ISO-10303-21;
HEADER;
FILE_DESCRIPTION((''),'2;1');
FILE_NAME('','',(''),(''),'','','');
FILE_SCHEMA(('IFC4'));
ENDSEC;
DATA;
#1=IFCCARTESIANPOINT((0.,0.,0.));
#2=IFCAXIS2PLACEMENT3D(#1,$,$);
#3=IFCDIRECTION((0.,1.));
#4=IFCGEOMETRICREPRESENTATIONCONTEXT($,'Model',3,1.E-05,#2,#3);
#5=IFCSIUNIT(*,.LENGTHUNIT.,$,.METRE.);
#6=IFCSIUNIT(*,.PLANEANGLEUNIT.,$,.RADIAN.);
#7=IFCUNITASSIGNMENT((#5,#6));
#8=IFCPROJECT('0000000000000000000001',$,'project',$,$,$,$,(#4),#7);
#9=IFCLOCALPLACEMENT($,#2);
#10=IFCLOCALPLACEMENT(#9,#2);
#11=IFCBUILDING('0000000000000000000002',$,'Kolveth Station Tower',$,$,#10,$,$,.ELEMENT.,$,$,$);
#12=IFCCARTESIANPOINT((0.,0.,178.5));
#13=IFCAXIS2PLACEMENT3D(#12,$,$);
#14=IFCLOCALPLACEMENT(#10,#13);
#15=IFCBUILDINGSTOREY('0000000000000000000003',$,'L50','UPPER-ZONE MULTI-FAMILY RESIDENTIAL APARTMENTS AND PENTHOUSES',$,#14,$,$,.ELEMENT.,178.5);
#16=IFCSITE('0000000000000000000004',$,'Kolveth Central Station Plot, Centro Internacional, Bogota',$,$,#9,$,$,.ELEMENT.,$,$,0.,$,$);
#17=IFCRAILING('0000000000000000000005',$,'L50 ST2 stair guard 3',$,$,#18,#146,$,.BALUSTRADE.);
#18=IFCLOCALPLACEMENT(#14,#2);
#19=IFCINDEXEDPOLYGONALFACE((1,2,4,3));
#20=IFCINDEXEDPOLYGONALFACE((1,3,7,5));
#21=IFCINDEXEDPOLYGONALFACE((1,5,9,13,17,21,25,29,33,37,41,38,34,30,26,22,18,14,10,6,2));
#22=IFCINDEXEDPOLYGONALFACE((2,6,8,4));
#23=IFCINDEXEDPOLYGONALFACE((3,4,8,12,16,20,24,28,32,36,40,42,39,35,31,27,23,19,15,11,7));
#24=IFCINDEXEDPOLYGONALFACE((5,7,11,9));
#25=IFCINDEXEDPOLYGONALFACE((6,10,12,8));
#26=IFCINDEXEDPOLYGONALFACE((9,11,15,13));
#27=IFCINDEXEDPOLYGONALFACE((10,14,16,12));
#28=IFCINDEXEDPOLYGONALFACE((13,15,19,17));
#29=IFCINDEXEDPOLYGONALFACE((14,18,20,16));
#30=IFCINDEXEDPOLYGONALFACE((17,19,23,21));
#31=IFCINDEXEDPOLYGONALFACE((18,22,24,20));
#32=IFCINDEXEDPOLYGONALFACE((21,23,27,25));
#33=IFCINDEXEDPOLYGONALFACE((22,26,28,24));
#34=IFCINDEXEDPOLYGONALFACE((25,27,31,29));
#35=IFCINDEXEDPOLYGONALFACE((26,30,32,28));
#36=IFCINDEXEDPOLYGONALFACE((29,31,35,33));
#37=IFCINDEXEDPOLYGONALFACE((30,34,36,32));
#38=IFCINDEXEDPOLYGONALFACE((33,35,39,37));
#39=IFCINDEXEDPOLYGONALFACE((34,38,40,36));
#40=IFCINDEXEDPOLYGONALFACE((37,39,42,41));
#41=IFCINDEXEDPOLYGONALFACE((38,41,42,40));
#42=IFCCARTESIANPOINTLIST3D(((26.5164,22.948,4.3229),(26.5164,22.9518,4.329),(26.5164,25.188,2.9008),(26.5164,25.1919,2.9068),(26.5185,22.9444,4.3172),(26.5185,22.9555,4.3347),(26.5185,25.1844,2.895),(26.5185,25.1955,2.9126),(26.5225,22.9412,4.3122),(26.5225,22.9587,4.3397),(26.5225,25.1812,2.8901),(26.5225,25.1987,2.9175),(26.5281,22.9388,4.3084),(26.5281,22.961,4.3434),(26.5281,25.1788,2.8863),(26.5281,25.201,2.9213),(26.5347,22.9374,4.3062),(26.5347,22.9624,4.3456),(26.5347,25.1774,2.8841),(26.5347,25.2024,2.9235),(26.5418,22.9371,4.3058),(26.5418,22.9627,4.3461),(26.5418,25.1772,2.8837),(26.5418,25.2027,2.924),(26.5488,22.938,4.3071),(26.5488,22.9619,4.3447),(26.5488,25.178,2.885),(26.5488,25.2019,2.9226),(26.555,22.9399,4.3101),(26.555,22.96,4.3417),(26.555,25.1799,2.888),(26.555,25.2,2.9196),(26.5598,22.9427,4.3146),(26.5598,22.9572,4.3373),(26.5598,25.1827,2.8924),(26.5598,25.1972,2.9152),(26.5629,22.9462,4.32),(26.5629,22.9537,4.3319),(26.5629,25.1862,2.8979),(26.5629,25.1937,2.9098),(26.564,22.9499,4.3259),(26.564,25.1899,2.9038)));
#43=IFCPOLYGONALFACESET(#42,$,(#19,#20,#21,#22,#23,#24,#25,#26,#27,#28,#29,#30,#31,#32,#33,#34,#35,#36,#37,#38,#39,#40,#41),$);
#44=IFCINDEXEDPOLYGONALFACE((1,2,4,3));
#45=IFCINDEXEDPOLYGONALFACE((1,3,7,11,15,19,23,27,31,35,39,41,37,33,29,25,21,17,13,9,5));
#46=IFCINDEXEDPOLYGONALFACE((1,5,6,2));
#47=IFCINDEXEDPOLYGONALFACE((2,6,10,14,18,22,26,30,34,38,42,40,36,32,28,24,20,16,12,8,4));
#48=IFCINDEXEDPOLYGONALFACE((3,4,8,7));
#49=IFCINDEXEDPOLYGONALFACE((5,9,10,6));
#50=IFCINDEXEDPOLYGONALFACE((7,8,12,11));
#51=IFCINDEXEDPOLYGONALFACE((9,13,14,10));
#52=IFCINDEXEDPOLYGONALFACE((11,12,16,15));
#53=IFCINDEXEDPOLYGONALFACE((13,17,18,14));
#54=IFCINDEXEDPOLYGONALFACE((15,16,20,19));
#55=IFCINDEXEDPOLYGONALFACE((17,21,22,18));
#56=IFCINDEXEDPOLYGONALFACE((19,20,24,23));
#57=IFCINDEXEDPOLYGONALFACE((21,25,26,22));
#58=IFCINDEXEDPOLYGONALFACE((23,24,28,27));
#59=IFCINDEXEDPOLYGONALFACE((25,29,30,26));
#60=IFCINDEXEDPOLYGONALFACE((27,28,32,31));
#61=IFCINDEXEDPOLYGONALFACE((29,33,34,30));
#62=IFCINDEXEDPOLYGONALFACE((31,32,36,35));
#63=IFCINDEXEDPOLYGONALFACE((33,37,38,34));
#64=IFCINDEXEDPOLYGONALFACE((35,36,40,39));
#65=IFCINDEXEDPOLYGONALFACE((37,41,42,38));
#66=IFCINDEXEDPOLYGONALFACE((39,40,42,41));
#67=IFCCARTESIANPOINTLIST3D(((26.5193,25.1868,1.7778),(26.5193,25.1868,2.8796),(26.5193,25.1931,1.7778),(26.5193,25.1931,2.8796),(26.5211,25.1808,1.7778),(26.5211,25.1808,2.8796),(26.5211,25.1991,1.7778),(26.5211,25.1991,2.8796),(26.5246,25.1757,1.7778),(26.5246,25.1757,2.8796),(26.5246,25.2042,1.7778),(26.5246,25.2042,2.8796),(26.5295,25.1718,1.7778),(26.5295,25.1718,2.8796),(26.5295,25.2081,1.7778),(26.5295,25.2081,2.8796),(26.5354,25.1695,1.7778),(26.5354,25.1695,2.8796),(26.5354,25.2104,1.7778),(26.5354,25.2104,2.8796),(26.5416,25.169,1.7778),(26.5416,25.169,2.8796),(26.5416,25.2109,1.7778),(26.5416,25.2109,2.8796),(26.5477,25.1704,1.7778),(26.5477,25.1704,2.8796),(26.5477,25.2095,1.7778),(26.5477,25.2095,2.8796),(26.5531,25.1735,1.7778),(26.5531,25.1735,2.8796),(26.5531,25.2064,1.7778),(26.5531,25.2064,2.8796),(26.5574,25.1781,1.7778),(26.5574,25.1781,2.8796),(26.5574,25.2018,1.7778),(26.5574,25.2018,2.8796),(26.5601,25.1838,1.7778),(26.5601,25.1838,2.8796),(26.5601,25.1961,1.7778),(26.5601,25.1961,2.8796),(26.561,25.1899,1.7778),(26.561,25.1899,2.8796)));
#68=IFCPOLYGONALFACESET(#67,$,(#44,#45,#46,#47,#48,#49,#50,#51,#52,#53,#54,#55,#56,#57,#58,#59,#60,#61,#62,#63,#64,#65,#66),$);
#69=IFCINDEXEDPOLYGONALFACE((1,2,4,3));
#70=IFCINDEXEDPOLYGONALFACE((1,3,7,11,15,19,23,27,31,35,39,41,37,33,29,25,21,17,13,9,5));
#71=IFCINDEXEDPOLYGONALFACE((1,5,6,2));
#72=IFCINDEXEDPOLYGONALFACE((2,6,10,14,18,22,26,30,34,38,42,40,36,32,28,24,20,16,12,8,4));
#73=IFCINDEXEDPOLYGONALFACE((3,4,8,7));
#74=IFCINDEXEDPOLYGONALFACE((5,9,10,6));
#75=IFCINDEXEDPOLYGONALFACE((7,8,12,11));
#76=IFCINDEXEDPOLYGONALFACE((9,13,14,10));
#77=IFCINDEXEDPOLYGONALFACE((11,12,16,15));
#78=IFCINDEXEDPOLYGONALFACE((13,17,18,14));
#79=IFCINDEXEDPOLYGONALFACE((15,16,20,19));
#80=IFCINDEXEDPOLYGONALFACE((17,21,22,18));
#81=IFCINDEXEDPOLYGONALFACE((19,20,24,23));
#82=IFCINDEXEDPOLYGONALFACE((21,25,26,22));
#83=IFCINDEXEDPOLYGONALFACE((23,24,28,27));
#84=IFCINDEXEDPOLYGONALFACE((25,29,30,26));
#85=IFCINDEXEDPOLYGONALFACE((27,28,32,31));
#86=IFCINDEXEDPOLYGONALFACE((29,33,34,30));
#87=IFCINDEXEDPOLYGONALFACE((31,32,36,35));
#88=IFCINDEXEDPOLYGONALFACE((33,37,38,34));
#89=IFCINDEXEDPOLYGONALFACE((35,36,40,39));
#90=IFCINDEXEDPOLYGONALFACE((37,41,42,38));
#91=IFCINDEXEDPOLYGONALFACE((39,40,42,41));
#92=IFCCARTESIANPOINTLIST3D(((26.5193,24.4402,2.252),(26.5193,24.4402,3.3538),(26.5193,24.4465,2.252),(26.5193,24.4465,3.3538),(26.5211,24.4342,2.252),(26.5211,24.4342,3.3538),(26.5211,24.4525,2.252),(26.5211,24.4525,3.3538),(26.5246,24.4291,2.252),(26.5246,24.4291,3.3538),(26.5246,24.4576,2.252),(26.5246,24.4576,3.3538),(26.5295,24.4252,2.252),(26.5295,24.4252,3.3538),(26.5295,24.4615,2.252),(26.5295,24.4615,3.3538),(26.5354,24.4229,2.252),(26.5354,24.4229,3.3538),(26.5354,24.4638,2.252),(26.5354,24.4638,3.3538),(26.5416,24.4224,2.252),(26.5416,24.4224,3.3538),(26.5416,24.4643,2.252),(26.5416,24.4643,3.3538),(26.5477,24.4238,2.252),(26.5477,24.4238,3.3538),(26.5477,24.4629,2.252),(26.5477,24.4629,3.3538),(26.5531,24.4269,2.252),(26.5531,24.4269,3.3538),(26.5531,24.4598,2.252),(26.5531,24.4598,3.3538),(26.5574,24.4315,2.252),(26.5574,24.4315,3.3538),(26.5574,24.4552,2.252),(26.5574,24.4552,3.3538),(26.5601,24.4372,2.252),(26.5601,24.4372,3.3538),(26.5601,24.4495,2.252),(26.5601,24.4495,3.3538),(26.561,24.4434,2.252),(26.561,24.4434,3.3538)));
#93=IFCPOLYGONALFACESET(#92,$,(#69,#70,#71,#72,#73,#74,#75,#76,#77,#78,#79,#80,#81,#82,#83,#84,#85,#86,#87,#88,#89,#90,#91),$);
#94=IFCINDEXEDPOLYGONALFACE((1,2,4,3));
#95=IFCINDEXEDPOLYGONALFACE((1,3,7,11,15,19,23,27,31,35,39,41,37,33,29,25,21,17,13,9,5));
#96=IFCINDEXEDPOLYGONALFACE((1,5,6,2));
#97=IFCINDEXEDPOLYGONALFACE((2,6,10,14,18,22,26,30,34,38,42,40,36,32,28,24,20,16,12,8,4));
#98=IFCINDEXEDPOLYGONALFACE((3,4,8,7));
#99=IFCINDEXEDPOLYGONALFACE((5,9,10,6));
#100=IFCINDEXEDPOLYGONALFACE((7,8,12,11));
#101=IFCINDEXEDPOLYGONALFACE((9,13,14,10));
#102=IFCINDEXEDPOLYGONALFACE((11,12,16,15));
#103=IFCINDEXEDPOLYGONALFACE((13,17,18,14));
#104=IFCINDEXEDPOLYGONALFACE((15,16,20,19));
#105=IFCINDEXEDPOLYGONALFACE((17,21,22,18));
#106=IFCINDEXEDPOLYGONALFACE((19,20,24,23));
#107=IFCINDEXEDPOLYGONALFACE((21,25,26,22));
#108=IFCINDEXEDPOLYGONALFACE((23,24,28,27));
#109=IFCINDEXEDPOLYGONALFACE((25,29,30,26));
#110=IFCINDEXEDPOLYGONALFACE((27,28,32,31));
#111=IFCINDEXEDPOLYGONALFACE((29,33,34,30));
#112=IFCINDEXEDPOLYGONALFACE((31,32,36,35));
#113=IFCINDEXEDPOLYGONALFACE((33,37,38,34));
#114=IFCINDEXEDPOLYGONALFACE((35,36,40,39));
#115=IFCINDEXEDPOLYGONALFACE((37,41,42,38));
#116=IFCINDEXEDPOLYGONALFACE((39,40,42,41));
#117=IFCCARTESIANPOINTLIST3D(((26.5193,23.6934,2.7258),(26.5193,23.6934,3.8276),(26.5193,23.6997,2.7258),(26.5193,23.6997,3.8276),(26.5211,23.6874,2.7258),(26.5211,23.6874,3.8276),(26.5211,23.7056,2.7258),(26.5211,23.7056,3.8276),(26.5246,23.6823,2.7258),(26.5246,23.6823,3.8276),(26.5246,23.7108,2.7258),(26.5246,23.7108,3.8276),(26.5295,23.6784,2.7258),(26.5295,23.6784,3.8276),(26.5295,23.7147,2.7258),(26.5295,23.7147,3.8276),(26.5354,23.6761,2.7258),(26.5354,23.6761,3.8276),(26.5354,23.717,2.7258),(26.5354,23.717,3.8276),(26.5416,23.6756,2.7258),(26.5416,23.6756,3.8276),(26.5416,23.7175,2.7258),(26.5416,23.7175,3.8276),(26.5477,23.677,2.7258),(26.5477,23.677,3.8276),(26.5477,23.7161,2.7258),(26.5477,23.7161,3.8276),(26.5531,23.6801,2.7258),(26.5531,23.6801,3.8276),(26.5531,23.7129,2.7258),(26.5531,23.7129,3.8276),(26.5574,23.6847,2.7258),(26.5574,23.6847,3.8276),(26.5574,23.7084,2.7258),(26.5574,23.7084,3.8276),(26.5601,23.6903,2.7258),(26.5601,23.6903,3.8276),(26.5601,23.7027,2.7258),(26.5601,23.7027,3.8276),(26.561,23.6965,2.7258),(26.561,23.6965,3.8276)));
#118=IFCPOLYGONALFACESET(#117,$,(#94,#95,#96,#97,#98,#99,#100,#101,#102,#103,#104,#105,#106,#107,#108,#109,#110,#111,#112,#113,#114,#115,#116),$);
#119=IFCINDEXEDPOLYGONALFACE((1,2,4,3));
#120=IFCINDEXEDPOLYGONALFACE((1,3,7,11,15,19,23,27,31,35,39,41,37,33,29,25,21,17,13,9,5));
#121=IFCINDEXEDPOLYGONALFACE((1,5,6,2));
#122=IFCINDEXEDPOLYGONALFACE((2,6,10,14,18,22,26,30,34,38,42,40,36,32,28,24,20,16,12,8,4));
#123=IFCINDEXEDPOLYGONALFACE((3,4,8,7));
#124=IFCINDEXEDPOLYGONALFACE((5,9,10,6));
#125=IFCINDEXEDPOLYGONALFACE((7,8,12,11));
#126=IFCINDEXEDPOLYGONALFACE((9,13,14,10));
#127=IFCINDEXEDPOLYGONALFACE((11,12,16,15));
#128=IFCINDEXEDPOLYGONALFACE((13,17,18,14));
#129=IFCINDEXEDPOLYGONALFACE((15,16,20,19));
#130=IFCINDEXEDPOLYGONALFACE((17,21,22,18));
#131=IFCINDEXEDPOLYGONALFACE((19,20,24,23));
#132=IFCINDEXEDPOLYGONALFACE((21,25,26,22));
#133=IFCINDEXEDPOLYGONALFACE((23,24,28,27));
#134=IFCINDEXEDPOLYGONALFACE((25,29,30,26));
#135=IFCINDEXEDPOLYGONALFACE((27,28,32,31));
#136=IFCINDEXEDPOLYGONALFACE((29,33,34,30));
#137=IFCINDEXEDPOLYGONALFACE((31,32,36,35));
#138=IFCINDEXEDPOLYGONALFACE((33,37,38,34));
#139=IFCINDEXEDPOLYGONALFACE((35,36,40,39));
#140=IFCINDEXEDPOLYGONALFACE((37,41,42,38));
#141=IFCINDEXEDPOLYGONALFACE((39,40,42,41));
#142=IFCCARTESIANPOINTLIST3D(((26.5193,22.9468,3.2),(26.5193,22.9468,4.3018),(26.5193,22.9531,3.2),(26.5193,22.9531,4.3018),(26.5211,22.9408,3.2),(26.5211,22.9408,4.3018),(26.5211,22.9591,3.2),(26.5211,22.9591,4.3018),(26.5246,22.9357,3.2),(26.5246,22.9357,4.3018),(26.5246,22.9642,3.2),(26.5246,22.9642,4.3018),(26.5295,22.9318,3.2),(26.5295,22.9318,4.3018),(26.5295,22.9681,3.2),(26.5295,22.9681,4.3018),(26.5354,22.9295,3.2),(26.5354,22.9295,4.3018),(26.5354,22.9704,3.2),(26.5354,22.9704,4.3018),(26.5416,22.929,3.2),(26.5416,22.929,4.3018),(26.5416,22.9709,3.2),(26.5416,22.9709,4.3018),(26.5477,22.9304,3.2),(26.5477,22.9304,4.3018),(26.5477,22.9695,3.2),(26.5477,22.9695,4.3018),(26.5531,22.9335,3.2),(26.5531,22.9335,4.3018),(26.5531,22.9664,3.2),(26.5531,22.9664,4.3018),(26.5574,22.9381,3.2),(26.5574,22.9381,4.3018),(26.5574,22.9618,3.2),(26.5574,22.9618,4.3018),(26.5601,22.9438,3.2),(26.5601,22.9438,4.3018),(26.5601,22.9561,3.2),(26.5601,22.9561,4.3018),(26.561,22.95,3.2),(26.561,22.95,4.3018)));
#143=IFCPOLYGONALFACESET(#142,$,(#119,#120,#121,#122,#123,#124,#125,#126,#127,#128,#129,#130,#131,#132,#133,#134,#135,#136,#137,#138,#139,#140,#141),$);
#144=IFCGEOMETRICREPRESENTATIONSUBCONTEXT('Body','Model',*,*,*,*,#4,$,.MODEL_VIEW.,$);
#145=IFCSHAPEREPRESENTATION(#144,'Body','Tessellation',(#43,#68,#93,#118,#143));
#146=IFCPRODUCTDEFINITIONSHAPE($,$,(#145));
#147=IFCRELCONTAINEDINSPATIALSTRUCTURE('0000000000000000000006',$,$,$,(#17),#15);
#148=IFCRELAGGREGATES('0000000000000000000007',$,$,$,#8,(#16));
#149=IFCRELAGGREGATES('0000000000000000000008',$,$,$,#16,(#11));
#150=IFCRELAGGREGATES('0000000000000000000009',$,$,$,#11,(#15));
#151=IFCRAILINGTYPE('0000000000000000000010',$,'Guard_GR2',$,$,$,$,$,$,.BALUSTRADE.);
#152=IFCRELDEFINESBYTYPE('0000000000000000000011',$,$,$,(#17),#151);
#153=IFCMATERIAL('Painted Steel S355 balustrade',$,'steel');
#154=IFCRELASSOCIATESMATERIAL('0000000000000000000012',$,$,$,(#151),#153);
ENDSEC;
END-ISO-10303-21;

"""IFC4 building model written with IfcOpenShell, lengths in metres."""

from ifc_helpers import new_model, si_unit, direction, frame, origin, origin_2d, place, context, subcontext, project, spatial, circle, extrude, material, type_object, element, save


model = new_model("IFC4")

# Units and contexts
model_context = context("Model", 3, precision=1e-05, world=origin(), true_north=direction((0.0, 1.0)))
body_context = subcontext(model_context, "Body", "Model", "MODEL_VIEW")
ifc_project = project(units=[si_unit("LENGTHUNIT", "METRE"), si_unit("PLANEANGLEUNIT", "RADIAN")], contexts=[model_context])

# Site, building, storey
site_placement = place(None, origin())
site = spatial("IfcSite", under=ifc_project, at=site_placement, Name="Kolveth Central Station Plot, Centro Internacional, Bogota", CompositionType="ELEMENT", RefElevation=0.0)
building_placement = place(site_placement, origin())
building = spatial("IfcBuilding", under=site, at=building_placement, Name="Kolveth Station Tower", CompositionType="ELEMENT")
storey_placement = place(building_placement, frame((0.0, 0.0, 178.5)))
storey = spatial("IfcBuildingStorey", under=building, at=storey_placement, Name="L50", Description="UPPER-ZONE MULTI-FAMILY RESIDENTIAL APARTMENTS AND PENTHOUSES", CompositionType="ELEMENT", Elevation=178.5)

# Railing
ifc_material_1 = material(Name="Painted Steel S355 balustrade", Category="steel")
railing_type_1 = type_object("IfcRailingType", Name="Guard_GR2", PredefinedType="BALUSTRADE", material=ifc_material_1)
railing_1_placement = place(storey_placement, frame((26.54, 25.1899, 1.7778)))
element("IfcRailing", 1, at=railing_1_placement, inside=storey, type_object=railing_type_1, Name="L50 ST2 stair guard 3", PredefinedType="BALUSTRADE", context=body_context, shape_type="SweptSolid", body=[
    extrude(circle(Radius=0.0239, at=origin_2d()), frame((0.0, 0.0, 1.126), z_axis=(0.0, -0.844229, 0.535982), x_axis=(1.0, 0.0, 0.0)), (0.0, 0.0, 1.0), 2.6533),
    extrude(circle(Radius=0.021, at=origin_2d()), origin(), (0.0, 0.0, 1.0), 1.1018),
    extrude(circle(Radius=0.021, at=origin_2d()), frame((0.0, -0.7466, 0.4741)), (0.0, 0.0, 1.0), 1.1018),
    extrude(circle(Radius=0.021, at=origin_2d()), frame((0.0, -1.4934, 0.948)), (0.0, 0.0, 1.0), 1.1018),
    extrude(circle(Radius=0.021, at=origin_2d()), frame((0.0, -2.24, 1.4221)), (0.0, 0.0, 1.0), 1.1018),
])

save(model, "model.ifc")
